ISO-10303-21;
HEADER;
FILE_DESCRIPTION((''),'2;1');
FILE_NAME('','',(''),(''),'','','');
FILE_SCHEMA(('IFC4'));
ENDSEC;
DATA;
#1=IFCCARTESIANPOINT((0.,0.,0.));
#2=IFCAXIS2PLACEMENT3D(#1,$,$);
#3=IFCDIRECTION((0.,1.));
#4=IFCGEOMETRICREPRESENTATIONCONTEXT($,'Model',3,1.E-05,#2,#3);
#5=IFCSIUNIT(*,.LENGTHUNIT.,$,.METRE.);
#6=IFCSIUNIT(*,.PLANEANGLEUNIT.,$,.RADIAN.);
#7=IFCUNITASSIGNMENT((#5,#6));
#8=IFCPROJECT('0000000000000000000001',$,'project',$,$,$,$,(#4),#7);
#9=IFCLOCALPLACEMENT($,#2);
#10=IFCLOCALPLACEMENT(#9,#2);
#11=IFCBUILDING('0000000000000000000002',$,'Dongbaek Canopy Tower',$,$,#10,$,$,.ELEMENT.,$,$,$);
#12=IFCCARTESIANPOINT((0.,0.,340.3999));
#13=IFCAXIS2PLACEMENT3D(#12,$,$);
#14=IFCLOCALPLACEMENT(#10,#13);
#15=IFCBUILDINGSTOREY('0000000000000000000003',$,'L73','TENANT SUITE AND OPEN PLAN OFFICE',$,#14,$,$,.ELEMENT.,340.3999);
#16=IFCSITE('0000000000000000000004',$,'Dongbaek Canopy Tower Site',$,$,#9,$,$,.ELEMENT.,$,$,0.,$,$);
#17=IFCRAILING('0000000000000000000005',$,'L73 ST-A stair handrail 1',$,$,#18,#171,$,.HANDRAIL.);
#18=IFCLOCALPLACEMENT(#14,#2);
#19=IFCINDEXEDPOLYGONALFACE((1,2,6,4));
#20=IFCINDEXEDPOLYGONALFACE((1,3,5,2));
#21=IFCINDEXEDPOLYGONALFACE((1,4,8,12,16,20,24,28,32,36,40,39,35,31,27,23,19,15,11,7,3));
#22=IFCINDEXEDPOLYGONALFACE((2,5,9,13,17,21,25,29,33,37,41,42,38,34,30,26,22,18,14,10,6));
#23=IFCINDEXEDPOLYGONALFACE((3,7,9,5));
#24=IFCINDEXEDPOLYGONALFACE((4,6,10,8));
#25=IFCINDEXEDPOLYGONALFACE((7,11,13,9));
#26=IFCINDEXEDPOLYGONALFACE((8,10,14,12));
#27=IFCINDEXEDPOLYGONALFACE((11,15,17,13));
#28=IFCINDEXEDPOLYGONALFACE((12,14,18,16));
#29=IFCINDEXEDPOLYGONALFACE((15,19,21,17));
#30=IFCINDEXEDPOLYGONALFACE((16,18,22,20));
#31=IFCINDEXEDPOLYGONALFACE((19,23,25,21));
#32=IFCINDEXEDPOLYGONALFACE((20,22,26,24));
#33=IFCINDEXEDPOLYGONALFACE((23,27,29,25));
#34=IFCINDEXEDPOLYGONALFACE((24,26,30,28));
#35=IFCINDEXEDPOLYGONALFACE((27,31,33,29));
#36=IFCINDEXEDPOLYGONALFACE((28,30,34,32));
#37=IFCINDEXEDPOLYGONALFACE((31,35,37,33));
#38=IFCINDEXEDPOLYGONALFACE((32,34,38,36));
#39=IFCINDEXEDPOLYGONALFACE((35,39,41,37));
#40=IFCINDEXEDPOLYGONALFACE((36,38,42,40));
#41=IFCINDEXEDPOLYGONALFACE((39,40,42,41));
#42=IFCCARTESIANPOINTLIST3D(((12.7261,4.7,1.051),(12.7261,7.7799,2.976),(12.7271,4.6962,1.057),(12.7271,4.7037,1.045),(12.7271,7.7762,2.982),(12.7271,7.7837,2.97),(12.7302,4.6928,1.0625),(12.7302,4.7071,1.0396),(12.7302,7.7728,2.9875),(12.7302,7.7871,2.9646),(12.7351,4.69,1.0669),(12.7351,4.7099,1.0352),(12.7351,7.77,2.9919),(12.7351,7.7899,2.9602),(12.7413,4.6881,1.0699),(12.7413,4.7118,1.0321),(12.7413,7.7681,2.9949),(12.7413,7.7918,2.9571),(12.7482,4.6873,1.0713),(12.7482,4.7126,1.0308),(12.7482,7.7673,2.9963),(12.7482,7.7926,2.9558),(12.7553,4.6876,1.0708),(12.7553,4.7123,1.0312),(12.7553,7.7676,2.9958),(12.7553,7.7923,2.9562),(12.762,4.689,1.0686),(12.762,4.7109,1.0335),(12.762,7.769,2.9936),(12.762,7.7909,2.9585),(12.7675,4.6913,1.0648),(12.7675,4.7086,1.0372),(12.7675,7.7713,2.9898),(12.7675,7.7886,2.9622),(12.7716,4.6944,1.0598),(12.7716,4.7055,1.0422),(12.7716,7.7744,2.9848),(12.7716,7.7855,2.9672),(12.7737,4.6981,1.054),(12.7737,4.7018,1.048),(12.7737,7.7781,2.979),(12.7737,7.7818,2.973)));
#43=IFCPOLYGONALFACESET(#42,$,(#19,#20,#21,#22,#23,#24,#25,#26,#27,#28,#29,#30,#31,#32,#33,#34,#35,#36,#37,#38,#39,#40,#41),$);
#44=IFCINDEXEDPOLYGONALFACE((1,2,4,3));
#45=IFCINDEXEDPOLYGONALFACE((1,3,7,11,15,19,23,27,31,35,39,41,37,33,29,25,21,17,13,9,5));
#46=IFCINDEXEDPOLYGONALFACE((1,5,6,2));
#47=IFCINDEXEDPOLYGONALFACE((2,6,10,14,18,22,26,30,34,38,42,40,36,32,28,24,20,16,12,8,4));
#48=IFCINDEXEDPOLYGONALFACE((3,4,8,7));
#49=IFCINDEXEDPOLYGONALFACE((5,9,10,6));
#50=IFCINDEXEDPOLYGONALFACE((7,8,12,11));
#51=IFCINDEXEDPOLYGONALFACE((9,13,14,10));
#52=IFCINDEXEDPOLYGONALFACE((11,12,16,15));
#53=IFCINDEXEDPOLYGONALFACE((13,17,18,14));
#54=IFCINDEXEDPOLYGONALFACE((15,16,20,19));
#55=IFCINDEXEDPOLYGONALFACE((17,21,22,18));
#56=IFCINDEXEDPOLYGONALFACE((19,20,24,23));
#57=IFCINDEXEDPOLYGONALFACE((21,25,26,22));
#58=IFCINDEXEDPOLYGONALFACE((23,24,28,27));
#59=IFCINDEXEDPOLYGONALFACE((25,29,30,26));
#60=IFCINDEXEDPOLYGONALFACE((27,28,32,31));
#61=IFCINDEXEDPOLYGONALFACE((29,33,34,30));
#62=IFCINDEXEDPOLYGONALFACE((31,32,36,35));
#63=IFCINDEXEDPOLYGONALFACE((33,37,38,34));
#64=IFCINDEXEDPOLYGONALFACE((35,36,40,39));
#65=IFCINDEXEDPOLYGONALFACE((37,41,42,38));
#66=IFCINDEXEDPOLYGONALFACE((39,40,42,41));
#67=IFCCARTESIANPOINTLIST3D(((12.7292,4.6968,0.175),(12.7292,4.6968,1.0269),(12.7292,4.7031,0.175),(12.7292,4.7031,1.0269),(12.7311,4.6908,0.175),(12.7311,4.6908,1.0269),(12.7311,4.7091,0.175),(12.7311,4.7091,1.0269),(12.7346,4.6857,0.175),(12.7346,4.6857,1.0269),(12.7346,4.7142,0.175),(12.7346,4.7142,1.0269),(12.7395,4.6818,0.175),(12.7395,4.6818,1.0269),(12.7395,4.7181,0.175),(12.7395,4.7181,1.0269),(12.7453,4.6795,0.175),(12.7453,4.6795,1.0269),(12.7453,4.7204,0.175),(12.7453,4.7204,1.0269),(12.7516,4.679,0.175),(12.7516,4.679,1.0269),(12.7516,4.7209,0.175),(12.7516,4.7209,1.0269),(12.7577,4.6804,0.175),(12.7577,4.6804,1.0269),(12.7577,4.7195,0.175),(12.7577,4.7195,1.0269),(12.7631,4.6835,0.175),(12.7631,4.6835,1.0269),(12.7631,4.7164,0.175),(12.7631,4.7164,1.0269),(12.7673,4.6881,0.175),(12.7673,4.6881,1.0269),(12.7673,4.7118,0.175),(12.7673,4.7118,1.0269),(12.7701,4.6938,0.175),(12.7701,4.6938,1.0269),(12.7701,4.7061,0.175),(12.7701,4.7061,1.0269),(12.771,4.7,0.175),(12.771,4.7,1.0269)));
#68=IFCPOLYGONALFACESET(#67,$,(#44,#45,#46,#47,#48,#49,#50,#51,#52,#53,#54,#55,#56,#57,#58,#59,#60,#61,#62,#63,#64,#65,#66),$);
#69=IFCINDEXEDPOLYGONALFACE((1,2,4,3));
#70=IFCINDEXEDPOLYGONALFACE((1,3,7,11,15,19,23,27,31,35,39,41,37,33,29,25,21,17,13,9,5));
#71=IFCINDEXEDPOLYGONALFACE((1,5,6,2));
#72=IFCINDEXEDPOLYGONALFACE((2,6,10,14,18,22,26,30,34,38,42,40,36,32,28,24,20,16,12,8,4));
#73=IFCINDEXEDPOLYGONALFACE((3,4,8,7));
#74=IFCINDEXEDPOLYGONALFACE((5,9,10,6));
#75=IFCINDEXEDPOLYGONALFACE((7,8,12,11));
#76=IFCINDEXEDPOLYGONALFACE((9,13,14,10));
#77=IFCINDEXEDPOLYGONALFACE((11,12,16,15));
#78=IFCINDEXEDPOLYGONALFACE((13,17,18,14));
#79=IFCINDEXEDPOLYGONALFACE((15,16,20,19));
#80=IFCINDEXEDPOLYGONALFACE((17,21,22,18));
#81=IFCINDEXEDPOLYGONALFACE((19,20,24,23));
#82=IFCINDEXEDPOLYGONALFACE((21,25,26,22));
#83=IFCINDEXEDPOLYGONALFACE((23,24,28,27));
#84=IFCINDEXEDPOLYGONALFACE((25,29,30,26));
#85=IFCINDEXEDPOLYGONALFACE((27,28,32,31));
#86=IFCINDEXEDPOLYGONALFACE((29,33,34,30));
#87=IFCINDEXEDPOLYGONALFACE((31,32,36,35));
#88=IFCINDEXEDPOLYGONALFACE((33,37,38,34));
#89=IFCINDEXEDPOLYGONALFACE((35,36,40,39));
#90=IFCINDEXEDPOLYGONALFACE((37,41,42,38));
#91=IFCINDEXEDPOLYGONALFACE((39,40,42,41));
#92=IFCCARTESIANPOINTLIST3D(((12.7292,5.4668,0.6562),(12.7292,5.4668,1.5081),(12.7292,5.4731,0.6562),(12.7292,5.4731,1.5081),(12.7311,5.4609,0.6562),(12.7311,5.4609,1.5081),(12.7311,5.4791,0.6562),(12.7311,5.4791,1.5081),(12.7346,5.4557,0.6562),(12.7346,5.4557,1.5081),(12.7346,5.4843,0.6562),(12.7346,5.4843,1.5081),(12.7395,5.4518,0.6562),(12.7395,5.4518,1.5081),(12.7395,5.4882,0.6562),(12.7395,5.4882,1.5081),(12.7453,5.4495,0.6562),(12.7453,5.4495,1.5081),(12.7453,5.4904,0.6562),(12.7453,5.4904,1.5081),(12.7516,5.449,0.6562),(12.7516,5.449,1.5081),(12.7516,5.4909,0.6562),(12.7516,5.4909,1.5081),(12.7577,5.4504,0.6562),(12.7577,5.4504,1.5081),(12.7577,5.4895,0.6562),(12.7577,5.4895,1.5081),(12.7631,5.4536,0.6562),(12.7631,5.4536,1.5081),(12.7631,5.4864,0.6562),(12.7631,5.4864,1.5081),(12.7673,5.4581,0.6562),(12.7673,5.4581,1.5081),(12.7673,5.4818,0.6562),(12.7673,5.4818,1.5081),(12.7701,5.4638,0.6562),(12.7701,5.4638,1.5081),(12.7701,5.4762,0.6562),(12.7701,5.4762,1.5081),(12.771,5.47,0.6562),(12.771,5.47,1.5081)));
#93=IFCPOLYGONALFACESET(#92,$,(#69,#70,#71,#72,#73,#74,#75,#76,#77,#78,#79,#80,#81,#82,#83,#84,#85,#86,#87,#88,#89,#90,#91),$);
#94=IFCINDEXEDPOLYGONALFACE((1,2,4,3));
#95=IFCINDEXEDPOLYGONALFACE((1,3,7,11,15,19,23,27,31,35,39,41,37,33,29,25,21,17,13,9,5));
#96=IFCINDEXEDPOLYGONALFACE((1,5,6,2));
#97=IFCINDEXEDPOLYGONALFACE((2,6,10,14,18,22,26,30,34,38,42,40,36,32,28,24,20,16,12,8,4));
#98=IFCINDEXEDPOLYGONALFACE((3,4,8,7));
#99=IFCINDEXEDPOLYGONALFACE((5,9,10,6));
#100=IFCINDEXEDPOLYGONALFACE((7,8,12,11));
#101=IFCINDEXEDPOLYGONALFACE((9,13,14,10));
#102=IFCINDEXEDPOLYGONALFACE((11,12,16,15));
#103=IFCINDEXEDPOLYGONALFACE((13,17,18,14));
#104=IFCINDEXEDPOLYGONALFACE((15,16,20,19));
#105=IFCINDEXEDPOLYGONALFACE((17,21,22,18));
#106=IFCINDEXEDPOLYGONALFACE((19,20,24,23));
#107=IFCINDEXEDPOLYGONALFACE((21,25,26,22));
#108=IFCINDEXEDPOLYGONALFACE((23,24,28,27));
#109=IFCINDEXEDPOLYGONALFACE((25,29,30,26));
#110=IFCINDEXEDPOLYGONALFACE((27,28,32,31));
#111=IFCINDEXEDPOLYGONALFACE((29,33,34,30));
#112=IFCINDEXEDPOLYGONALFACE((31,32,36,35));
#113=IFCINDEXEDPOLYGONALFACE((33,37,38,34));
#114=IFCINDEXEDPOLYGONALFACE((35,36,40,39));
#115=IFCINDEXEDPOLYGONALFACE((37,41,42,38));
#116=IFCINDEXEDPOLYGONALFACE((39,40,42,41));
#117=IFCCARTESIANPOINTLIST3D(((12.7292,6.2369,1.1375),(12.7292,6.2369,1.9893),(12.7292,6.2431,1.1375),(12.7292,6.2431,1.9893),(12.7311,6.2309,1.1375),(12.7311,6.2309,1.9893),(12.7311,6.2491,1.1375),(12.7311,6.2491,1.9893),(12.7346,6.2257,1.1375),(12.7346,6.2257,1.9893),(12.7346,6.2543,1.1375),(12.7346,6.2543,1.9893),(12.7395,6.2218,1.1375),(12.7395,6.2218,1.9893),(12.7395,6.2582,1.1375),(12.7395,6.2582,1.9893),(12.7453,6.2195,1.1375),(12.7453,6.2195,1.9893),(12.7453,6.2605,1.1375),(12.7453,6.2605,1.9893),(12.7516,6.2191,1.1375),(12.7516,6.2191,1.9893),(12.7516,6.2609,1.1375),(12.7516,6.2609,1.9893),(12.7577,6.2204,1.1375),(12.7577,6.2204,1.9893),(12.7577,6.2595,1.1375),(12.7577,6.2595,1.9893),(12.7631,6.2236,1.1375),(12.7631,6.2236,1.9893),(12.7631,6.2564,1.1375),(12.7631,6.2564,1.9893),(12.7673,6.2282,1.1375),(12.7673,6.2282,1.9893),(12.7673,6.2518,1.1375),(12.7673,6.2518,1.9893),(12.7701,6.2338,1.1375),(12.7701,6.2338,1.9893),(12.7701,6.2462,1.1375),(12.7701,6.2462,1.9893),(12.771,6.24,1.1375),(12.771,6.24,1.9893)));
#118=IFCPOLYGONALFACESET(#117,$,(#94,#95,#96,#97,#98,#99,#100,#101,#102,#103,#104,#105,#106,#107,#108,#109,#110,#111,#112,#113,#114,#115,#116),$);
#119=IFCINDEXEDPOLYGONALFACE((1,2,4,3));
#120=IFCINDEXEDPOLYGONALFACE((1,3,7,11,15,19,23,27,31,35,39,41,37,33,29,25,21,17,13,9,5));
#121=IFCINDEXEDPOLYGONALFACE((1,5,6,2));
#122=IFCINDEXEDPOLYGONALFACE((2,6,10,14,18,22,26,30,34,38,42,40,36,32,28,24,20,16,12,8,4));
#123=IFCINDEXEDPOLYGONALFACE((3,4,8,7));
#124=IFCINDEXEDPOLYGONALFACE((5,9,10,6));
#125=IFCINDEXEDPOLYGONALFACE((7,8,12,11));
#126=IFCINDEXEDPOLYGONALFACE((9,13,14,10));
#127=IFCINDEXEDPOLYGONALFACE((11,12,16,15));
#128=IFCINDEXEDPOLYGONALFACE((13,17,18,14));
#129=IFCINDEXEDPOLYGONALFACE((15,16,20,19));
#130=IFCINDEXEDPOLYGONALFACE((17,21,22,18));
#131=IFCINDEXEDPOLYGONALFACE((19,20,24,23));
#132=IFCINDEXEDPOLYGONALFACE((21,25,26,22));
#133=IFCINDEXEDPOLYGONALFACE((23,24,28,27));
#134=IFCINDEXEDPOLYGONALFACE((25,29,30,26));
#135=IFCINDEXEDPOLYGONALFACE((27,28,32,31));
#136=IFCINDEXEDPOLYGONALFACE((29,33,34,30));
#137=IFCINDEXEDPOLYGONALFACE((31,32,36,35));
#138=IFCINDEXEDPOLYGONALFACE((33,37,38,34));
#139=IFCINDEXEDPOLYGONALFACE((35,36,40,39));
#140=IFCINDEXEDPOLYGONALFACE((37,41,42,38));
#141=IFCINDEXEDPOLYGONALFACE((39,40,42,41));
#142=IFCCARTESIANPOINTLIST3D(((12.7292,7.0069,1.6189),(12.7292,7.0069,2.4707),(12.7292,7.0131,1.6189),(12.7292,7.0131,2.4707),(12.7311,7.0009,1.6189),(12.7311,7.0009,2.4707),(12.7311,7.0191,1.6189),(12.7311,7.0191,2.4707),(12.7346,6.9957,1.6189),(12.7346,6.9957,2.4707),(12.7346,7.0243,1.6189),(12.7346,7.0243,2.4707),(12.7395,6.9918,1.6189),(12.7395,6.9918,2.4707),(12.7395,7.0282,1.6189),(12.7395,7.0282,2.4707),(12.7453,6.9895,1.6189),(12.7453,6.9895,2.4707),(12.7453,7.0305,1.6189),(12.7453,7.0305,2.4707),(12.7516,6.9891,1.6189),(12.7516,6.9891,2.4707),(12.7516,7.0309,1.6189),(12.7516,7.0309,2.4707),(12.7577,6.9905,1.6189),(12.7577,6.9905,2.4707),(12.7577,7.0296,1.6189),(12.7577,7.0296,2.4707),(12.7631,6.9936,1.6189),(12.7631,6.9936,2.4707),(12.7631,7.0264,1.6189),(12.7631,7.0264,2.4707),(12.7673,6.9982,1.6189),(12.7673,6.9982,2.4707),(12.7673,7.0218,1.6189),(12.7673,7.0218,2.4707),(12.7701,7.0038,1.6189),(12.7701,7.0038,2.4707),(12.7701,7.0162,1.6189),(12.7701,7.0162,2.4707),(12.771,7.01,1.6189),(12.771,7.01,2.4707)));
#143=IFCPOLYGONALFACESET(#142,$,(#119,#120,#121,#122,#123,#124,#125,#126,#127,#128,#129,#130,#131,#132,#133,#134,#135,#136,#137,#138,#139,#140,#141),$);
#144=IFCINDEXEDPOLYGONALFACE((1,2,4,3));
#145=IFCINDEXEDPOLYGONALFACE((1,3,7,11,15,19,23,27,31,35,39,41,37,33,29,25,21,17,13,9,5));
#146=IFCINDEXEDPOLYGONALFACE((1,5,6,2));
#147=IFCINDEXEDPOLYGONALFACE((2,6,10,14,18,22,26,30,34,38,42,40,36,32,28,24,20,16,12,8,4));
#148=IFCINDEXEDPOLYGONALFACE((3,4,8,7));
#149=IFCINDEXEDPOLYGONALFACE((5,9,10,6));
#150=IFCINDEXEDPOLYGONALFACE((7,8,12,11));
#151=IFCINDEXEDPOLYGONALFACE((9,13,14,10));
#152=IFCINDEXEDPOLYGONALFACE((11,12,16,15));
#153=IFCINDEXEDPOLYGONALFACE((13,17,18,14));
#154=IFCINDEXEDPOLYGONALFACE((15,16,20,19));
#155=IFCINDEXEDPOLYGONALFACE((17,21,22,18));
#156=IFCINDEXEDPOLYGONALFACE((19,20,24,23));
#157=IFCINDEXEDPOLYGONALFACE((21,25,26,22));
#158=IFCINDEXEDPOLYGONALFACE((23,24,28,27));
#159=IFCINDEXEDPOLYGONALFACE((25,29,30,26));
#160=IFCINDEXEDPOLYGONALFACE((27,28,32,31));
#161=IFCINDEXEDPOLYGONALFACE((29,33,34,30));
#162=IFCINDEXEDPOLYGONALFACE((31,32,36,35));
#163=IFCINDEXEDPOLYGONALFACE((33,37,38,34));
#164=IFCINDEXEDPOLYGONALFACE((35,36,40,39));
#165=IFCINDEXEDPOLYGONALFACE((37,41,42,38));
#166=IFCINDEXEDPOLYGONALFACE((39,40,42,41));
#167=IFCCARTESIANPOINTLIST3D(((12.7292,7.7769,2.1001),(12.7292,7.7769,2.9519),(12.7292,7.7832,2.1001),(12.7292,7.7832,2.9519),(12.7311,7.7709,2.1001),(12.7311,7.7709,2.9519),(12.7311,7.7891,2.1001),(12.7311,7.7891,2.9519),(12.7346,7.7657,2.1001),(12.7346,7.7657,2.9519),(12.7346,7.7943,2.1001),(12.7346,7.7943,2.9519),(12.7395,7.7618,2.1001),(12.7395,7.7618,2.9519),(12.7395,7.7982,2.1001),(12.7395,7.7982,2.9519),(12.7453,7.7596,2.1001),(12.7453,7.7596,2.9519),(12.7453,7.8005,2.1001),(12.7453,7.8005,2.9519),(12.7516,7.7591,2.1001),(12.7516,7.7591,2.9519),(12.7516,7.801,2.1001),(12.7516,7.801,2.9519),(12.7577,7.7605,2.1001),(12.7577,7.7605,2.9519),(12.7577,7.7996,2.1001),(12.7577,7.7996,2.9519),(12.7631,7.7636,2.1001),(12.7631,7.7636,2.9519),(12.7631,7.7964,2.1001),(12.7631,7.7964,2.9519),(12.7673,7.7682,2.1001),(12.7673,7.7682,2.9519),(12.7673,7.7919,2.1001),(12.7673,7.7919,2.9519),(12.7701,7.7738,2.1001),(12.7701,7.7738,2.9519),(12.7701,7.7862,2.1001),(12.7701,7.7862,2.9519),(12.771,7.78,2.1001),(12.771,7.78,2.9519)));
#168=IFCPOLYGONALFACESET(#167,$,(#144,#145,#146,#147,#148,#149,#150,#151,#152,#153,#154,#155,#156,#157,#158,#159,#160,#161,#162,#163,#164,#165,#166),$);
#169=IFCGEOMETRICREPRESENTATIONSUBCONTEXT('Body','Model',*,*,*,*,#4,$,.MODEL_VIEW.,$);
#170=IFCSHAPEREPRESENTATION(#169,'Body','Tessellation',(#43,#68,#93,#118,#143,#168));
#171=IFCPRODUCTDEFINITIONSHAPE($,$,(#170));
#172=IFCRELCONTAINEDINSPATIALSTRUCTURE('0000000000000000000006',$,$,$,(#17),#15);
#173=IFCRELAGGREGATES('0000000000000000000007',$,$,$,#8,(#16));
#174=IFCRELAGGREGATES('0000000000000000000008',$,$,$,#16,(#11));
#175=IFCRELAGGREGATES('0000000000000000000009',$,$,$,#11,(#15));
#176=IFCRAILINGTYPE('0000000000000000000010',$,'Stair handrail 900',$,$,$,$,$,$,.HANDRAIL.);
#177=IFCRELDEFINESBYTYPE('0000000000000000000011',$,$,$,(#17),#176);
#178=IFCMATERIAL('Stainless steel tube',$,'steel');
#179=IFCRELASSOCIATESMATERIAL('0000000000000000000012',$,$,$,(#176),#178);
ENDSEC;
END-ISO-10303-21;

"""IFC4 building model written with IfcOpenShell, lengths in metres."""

from ifc_helpers import new_model, si_unit, direction, frame, origin, origin_2d, place, context, subcontext, project, spatial, circle, extrude, material, type_object, element, save


model = new_model("IFC4")

# Units and contexts
model_context = context("Model", 3, precision=1e-05, world=origin(), true_north=direction((0.0, 1.0)))
body_context = subcontext(model_context, "Body", "Model", "MODEL_VIEW")
ifc_project = project(units=[si_unit("LENGTHUNIT", "METRE"), si_unit("PLANEANGLEUNIT", "RADIAN")], contexts=[model_context])

# Site, building, storey
site_placement = place(None, origin())
site = spatial("IfcSite", under=ifc_project, at=site_placement, Name="Dongbaek Canopy Tower Site", CompositionType="ELEMENT", RefElevation=0.0)
building_placement = place(site_placement, origin())
building = spatial("IfcBuilding", under=site, at=building_placement, Name="Dongbaek Canopy Tower", CompositionType="ELEMENT")
storey_placement = place(building_placement, frame((0.0, 0.0, 340.3999)))
storey = spatial("IfcBuildingStorey", under=building, at=storey_placement, Name="L73", Description="TENANT SUITE AND OPEN PLAN OFFICE", CompositionType="ELEMENT", Elevation=340.3999)

# Railing
ifc_material_1 = material(Name="Stainless steel tube", Category="steel")
railing_type_1 = type_object("IfcRailingType", Name="Stair handrail 900", PredefinedType="HANDRAIL", material=ifc_material_1)
railing_1_placement = place(storey_placement, frame((12.75, 4.7, 0.175)))
element("IfcRailing", 1, at=railing_1_placement, inside=storey, type_object=railing_type_1, Name="L73 ST-A stair handrail 1", PredefinedType="HANDRAIL", context=body_context, shape_type="SweptSolid", body=[
    extrude(circle(Radius=0.0239, at=origin_2d()), frame((0.0, 0.0, 0.876), z_axis=(0.0, 0.847998, 0.529999), x_axis=(-1.0, 0.0, 0.0)), (0.0, 0.0, 1.0), 3.6321),
    extrude(circle(Radius=0.021, at=origin_2d()), origin(), (0.0, 0.0, 1.0), 0.8518),
    extrude(circle(Radius=0.021, at=origin_2d()), frame((0.0, 0.77, 0.4812)), (0.0, 0.0, 1.0), 0.8518),
    extrude(circle(Radius=0.021, at=origin_2d()), frame((0.0, 1.54, 0.9624)), (0.0, 0.0, 1.0), 0.8518),
    extrude(circle(Radius=0.021, at=origin_2d()), frame((0.0, 2.3101, 1.4438)), (0.0, 0.0, 1.0), 0.8518),
    extrude(circle(Radius=0.021, at=origin_2d()), frame((0.0, 3.0801, 1.925)), (0.0, 0.0, 1.0), 0.8518),
])

save(model, "model.ifc")
